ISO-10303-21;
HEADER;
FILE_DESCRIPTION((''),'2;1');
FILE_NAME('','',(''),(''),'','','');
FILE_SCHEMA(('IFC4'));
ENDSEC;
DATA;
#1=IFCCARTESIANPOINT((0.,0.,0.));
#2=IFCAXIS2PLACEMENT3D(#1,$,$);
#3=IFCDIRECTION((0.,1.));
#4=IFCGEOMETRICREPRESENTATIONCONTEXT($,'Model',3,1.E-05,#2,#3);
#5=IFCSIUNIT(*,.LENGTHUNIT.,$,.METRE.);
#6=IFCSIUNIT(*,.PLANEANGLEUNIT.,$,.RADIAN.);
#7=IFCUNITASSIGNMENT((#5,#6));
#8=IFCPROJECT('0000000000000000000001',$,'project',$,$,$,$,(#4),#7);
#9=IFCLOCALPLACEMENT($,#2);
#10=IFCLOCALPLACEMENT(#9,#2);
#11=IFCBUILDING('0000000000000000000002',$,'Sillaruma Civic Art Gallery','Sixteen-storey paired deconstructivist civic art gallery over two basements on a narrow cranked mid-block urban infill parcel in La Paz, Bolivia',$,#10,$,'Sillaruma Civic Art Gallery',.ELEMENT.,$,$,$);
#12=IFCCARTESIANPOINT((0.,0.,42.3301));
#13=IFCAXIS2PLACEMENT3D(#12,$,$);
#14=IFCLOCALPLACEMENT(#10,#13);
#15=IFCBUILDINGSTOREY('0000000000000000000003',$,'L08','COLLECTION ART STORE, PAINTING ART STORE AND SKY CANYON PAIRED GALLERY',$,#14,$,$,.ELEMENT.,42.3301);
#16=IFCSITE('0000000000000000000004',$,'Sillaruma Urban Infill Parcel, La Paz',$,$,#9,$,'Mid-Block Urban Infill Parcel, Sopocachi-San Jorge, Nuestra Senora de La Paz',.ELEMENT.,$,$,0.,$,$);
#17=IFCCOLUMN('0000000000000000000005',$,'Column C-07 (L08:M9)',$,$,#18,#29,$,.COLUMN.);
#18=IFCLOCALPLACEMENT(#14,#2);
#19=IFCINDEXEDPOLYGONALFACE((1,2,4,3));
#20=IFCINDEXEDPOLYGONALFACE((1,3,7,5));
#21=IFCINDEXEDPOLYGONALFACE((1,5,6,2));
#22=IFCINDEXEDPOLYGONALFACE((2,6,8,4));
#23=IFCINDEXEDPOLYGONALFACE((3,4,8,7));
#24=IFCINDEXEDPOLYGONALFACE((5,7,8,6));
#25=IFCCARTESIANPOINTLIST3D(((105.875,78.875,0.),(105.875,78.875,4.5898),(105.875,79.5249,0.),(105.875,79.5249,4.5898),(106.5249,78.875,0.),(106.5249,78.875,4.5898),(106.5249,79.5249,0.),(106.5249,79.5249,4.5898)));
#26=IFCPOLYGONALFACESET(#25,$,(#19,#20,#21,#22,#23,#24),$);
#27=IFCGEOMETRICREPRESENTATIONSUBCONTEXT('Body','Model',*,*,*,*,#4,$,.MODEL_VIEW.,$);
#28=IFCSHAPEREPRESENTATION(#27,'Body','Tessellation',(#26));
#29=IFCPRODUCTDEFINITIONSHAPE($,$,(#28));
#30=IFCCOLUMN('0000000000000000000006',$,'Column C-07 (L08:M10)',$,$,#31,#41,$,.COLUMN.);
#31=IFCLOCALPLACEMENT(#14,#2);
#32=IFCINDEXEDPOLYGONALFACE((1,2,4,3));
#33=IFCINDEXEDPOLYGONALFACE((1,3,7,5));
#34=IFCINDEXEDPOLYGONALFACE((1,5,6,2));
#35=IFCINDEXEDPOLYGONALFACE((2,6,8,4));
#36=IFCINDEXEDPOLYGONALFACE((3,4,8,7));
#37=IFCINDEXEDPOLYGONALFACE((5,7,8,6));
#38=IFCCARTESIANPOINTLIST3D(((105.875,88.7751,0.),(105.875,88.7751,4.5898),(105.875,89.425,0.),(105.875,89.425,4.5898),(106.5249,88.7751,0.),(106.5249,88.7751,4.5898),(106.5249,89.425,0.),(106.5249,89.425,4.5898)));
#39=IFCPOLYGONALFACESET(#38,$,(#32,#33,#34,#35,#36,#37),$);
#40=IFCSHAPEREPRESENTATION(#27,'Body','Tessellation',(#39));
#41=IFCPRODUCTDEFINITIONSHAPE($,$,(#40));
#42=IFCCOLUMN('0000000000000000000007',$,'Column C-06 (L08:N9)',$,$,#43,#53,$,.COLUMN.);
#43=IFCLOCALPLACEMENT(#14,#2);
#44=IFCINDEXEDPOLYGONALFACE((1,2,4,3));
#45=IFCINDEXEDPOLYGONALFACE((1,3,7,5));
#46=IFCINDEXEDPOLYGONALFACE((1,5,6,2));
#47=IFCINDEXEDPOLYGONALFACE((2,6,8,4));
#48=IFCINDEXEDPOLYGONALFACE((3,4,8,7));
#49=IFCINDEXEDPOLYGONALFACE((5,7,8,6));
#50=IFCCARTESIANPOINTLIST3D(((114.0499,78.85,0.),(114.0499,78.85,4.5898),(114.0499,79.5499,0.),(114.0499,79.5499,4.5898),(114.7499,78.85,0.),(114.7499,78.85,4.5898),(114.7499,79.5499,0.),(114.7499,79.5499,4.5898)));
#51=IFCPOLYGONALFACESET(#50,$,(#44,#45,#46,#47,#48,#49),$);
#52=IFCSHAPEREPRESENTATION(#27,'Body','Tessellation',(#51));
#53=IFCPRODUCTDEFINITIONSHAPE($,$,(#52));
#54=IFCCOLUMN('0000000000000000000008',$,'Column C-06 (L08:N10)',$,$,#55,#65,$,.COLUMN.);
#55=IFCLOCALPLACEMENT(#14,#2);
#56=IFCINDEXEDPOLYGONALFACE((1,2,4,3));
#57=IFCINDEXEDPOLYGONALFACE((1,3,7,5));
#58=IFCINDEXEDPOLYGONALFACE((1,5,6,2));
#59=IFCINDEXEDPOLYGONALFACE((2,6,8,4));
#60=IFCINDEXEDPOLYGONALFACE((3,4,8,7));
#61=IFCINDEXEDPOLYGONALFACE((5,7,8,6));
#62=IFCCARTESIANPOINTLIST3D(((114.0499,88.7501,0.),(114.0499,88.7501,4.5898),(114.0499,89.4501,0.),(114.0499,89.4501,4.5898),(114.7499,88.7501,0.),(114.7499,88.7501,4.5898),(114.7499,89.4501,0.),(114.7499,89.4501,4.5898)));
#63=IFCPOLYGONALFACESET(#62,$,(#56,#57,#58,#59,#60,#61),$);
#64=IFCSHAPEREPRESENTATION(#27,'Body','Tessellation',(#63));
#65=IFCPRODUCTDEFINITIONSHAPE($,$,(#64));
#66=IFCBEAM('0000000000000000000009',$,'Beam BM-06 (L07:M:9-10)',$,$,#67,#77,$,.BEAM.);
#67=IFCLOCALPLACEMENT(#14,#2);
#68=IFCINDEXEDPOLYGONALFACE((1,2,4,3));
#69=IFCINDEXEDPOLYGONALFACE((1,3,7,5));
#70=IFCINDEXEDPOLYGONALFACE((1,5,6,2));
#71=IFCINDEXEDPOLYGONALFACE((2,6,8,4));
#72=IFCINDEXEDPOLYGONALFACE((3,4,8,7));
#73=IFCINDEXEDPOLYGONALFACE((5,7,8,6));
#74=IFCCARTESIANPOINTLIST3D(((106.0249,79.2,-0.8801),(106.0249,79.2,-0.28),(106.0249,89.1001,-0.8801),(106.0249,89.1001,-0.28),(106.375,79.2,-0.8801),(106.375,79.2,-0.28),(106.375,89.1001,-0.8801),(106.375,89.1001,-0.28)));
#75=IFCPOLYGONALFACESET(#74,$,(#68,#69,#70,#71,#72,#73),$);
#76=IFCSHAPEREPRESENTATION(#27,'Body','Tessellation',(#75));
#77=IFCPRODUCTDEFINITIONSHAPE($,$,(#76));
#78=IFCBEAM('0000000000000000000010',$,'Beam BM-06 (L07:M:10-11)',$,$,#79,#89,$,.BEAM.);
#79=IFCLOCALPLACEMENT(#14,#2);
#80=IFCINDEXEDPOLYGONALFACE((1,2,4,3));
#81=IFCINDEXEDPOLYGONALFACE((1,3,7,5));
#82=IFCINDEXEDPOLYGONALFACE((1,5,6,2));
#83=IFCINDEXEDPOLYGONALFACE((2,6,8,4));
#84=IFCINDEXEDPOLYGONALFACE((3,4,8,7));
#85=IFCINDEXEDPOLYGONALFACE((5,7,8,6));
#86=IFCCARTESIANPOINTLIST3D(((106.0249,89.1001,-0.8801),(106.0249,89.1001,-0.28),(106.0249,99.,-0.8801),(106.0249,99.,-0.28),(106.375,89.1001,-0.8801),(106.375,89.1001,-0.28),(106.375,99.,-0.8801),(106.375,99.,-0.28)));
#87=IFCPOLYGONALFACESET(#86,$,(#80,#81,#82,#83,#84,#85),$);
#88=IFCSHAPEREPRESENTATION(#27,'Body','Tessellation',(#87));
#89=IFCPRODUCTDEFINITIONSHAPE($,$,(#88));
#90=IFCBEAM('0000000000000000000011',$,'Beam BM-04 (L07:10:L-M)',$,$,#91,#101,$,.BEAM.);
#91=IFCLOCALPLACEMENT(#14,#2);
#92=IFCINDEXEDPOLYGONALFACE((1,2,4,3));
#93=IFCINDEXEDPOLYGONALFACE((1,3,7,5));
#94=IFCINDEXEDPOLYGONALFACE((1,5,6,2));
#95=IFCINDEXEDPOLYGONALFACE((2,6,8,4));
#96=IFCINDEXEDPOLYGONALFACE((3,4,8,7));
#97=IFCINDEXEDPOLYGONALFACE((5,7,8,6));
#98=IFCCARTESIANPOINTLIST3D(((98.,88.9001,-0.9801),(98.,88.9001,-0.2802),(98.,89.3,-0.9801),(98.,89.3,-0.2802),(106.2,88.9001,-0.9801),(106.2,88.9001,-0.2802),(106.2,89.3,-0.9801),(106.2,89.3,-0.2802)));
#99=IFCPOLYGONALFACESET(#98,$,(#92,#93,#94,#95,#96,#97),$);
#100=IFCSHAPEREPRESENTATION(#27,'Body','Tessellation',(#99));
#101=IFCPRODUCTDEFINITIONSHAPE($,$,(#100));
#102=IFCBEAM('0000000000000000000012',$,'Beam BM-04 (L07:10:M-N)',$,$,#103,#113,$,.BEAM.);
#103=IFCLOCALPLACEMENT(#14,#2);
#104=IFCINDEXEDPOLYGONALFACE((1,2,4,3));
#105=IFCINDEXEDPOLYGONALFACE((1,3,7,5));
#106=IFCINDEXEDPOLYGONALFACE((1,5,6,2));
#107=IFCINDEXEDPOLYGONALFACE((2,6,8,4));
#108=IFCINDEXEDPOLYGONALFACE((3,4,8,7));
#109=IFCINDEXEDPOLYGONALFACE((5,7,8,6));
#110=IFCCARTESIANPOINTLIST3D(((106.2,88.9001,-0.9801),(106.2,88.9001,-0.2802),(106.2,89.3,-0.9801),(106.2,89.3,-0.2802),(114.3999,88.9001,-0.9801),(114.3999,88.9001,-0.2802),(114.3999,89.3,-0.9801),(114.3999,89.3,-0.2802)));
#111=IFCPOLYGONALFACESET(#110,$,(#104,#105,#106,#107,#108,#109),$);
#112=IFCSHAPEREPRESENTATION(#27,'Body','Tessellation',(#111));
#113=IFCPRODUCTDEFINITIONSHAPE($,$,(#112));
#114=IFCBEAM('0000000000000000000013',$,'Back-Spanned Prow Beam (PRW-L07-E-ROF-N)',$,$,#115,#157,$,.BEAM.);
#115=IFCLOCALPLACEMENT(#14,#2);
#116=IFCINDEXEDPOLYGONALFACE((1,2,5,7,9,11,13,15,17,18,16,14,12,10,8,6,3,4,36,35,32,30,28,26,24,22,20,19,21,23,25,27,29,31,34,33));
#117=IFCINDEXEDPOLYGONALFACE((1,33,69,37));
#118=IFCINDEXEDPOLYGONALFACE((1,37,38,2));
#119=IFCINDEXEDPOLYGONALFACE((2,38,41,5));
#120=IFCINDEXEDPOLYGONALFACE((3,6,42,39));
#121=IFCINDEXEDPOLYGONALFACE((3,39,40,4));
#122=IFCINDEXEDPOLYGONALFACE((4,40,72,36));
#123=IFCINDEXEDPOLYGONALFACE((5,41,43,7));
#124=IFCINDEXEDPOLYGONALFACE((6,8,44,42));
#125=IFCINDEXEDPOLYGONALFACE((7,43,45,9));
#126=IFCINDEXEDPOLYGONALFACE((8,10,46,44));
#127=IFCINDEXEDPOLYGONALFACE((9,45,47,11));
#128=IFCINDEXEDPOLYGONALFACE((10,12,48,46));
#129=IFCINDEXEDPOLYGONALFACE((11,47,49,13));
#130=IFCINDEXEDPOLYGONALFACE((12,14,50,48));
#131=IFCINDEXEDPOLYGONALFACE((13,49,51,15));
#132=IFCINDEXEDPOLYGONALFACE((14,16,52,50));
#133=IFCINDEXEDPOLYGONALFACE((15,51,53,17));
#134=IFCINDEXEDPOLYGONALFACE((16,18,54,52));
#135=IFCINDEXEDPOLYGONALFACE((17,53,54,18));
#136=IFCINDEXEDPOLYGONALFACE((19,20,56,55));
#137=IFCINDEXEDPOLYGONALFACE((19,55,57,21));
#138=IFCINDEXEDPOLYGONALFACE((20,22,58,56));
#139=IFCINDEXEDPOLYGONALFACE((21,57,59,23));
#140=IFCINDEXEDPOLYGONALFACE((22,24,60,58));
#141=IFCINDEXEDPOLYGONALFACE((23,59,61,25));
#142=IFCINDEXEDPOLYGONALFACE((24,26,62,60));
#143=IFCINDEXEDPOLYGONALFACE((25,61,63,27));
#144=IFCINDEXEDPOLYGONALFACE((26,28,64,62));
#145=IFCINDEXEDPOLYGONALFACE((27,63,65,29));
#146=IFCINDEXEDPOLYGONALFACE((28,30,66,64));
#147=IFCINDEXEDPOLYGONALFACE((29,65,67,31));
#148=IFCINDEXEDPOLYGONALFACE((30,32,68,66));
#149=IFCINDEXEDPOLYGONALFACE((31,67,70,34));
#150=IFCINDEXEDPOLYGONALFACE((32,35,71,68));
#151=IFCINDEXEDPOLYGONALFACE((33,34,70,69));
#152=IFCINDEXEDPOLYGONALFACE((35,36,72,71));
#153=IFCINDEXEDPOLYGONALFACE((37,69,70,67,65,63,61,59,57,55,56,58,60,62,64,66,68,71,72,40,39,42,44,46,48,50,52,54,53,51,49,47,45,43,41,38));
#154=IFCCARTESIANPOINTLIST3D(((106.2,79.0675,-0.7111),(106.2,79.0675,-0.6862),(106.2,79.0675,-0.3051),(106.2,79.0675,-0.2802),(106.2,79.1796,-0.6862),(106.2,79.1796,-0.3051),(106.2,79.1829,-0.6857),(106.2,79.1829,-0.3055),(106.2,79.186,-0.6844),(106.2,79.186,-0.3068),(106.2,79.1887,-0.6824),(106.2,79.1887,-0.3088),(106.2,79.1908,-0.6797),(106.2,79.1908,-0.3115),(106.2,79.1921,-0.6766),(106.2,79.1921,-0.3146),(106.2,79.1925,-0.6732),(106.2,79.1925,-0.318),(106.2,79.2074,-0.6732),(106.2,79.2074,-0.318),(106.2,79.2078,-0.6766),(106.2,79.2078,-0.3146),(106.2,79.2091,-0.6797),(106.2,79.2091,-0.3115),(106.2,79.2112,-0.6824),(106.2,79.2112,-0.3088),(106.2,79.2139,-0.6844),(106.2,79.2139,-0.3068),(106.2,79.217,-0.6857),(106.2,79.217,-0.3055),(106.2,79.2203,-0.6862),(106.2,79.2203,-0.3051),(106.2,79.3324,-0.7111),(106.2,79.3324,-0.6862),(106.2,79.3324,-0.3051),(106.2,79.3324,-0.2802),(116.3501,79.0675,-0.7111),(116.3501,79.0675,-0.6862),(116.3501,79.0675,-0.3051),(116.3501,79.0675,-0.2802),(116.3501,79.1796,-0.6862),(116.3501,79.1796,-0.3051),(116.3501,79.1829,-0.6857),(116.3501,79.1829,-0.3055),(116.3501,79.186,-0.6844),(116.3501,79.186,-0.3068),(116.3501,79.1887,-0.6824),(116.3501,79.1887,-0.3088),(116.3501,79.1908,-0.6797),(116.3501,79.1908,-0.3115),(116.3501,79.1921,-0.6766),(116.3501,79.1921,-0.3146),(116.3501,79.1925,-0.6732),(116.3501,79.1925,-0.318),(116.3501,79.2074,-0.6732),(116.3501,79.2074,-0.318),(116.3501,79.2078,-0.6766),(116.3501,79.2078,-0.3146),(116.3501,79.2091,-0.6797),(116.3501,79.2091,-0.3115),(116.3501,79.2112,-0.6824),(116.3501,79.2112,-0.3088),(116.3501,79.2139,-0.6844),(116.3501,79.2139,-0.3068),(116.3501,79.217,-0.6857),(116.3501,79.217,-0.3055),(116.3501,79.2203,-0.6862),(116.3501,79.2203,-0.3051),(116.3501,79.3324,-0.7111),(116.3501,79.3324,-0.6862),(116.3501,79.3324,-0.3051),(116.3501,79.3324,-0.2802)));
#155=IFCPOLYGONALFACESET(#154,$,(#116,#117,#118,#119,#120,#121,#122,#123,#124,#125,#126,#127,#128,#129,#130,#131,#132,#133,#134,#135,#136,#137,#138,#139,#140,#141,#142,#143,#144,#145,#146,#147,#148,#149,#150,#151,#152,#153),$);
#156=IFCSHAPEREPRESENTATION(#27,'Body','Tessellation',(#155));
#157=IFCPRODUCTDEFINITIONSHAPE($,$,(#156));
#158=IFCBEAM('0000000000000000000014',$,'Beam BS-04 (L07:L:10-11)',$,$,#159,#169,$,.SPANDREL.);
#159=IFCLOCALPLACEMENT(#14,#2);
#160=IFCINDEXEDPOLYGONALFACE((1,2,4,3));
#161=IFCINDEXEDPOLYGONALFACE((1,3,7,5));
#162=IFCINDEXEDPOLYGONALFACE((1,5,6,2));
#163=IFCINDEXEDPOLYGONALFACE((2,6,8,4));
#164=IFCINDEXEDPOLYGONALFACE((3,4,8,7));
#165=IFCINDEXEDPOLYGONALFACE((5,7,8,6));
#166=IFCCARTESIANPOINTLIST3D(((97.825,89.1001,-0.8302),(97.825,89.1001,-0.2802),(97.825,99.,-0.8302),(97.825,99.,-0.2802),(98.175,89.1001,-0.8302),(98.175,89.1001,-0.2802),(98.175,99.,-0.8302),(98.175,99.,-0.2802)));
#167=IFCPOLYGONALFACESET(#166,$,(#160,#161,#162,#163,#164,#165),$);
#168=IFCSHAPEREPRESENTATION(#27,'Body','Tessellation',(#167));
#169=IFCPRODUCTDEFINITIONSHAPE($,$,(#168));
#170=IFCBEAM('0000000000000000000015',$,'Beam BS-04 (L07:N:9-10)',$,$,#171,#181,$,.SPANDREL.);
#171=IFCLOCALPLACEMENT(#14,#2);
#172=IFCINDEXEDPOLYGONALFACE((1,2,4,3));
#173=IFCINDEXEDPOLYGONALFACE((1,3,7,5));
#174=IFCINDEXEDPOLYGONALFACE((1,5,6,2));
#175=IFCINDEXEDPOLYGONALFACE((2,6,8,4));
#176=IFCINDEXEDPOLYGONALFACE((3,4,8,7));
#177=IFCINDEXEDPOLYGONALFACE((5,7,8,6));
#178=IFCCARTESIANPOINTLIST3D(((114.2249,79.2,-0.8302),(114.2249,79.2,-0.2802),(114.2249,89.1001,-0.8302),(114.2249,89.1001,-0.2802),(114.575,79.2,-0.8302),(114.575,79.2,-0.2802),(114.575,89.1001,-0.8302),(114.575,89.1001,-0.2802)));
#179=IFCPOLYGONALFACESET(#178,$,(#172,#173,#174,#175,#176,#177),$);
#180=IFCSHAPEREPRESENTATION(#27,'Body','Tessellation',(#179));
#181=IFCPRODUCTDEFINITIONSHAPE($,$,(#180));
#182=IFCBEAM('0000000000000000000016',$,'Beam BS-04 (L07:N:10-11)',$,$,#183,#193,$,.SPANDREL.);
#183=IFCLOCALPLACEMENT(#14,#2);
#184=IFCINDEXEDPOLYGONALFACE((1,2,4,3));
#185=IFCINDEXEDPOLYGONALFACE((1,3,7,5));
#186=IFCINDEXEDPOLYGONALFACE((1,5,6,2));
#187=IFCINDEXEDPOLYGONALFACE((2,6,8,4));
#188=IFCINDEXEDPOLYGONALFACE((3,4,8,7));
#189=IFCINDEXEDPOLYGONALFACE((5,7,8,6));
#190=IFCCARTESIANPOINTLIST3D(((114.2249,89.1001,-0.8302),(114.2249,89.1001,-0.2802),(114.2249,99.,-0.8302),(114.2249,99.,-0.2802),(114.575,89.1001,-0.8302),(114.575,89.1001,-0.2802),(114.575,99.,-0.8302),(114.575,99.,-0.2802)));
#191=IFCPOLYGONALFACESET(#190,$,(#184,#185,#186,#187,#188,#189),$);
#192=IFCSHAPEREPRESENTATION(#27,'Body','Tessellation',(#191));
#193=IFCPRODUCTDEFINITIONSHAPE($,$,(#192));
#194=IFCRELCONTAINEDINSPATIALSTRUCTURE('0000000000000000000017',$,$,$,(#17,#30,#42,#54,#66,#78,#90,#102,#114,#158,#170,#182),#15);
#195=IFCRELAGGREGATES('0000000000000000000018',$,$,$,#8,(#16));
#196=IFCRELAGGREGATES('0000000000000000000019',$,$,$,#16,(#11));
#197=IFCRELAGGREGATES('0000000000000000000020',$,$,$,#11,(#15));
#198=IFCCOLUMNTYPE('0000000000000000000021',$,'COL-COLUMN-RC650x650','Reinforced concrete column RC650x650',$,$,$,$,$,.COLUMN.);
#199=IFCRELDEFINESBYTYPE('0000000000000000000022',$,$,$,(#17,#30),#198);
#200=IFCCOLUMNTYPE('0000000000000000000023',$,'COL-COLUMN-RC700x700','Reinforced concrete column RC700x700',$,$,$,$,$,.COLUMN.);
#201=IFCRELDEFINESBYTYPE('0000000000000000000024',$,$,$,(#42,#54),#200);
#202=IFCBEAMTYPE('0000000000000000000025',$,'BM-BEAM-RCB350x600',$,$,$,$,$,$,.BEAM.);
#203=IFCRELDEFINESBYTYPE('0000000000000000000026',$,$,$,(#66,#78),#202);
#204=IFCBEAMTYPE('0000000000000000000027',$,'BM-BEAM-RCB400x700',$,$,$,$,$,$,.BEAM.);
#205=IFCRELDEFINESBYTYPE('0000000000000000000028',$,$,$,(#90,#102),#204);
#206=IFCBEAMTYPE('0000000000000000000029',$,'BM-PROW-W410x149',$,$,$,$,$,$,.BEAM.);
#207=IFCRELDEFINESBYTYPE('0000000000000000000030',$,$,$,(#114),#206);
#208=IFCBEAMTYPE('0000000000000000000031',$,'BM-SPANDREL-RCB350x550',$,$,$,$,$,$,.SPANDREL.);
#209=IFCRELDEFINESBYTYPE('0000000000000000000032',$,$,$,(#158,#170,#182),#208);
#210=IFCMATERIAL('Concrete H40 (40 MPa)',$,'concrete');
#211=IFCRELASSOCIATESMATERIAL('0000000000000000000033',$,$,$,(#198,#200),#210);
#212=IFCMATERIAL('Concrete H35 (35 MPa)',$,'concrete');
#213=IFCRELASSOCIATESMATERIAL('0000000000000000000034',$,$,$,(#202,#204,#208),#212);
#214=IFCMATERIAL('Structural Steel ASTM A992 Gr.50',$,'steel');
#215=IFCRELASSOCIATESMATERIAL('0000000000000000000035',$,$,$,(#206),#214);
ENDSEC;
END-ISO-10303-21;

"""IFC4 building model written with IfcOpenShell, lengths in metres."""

from ifc_helpers import new_model, si_unit, direction, frame, origin, origin_2d, place, context, subcontext, project, spatial, rectangle, i_section, extrude, material, material_profile, profile_set, type_object, element, save


model = new_model("IFC4")

# Units and contexts
model_context = context("Model", 3, precision=1e-05, world=origin(), true_north=direction((0.0, 1.0)))
body_context = subcontext(model_context, "Body", "Model", "MODEL_VIEW")
ifc_project = project(units=[si_unit("LENGTHUNIT", "METRE"), si_unit("PLANEANGLEUNIT", "RADIAN")], contexts=[model_context])

# Site, building, storey
site_placement = place(None, origin())
site = spatial("IfcSite", under=ifc_project, at=site_placement, Name="Sillaruma Urban Infill Parcel, La Paz", LongName="Mid-Block Urban Infill Parcel, Sopocachi-San Jorge, Nuestra Senora de La Paz", CompositionType="ELEMENT", RefElevation=0.0)
building_placement = place(site_placement, origin())
building = spatial("IfcBuilding", under=site, at=building_placement, Name="Sillaruma Civic Art Gallery", Description="Sixteen-storey paired deconstructivist civic art gallery over two basements on a narrow cranked mid-block urban infill parcel in La Paz, Bolivia", LongName="Sillaruma Civic Art Gallery", CompositionType="ELEMENT")
storey_placement = place(building_placement, frame((0.0, 0.0, 42.3301)))
storey = spatial("IfcBuildingStorey", under=building, at=storey_placement, Name="L08", Description="COLLECTION ART STORE, PAINTING ART STORE AND SKY CANYON PAIRED GALLERY", CompositionType="ELEMENT", Elevation=42.3301)

# Columns
ifc_material_1 = material(Name="Concrete H40 (40 MPa)", Category="concrete")
ifc_material_profile_1 = material_profile(ifc_material_1, rectangle(XDim=0.6499, YDim=0.6499, at=origin_2d()), Name="RC650x650")
ifc_profile_set_1 = profile_set([ifc_material_profile_1], Name="Concrete H40 (40 MPa)")
column_type_1 = type_object("IfcColumnType", Name="COL-COLUMN-RC650x650", Description="Reinforced concrete column RC650x650", PredefinedType="COLUMN", material=ifc_profile_set_1)
for number, where, z_axis, x_axis, name in (
    (1, (106.2, 79.2, 0.0), (0.0, 0.0, 1.0), (1.0, 0.0, 0.0), "Column C-07 (L08:M9)"),
    (2, (106.2, 89.1001, 0.0), (0.0, 0.0, 1.0), (1.0, 0.0, 0.0), "Column C-07 (L08:M10)"),
):
    element("IfcColumn", number, at=place(storey_placement, frame(where, z_axis=z_axis, x_axis=x_axis)), inside=storey, type_object=column_type_1, Name=name, PredefinedType="COLUMN", context=body_context, shape_type="SweptSolid", body=[
        extrude(rectangle(XDim=0.6499, YDim=0.6499, at=origin_2d()), origin(), (0.0, 0.0, 1.0), 4.5898),
    ])
ifc_material_profile_2 = material_profile(ifc_material_1, rectangle(XDim=0.7, YDim=0.7, at=origin_2d()), Name="RC700x700")
ifc_profile_set_2 = profile_set([ifc_material_profile_2], Name="Concrete H40 (40 MPa)")
column_type_2 = type_object("IfcColumnType", Name="COL-COLUMN-RC700x700", Description="Reinforced concrete column RC700x700", PredefinedType="COLUMN", material=ifc_profile_set_2)
for number, where, z_axis, x_axis, name in (
    (3, (114.3999, 79.2, 0.0), (0.0, 0.0, 1.0), (1.0, 0.0, 0.0), "Column C-06 (L08:N9)"),
    (4, (114.3999, 89.1001, 0.0), (0.0, 0.0, 1.0), (1.0, 0.0, 0.0), "Column C-06 (L08:N10)"),
):
    element("IfcColumn", number, at=place(storey_placement, frame(where, z_axis=z_axis, x_axis=x_axis)), inside=storey, type_object=column_type_2, Name=name, PredefinedType="COLUMN", context=body_context, shape_type="SweptSolid", body=[
        extrude(rectangle(XDim=0.7, YDim=0.7, at=origin_2d()), origin(), (0.0, 0.0, 1.0), 4.5898),
    ])

# Beams
ifc_material_2 = material(Name="Concrete H35 (35 MPa)", Category="concrete")
ifc_material_profile_3 = material_profile(ifc_material_2, rectangle(XDim=0.3501, YDim=0.6001, at=origin_2d()), Name="RCB350x600")
ifc_profile_set_3 = profile_set([ifc_material_profile_3], Name="Concrete H35 (35 MPa)")
beam_type_1 = type_object("IfcBeamType", Name="BM-BEAM-RCB350x600", PredefinedType="BEAM", material=ifc_profile_set_3)
beam_1_placement = place(storey_placement, frame((106.2, 79.2, -0.5801), z_axis=(0.0, 1.0, 0.0), x_axis=(-1.0, 0.0, 0.0)))
element("IfcBeam", 5, at=beam_1_placement, inside=storey, type_object=beam_type_1, Name="Beam BM-06 (L07:M:9-10)", PredefinedType="BEAM", context=body_context, shape_type="SweptSolid", body=[
    extrude(rectangle(XDim=0.3501, YDim=0.6001, at=origin_2d()), origin(), (0.0, 0.0, 1.0), 9.9001),
])
beam_2_placement = place(storey_placement, frame((106.2, 89.1001, -0.5801), z_axis=(0.0, 1.0, 0.0), x_axis=(-1.0, 0.0, 0.0)))
element("IfcBeam", 6, at=beam_2_placement, inside=storey, type_object=beam_type_1, Name="Beam BM-06 (L07:M:10-11)", PredefinedType="BEAM", context=body_context, shape_type="SweptSolid", body=[
    extrude(rectangle(XDim=0.3501, YDim=0.6001, at=origin_2d()), origin(), (0.0, 0.0, 1.0), 9.8999),
])
ifc_material_profile_4 = material_profile(ifc_material_2, rectangle(XDim=0.3999, YDim=0.7, at=origin_2d()), Name="RCB400x700")
ifc_profile_set_4 = profile_set([ifc_material_profile_4], Name="Concrete H35 (35 MPa)")
beam_type_2 = type_object("IfcBeamType", Name="BM-BEAM-RCB400x700", PredefinedType="BEAM", material=ifc_profile_set_4)
for number, where, z_axis, x_axis, name in (
    (7, (98.0, 89.1001, -0.6301), (1.0, 0.0, 0.0), (0.0, 1.0, 0.0), "Beam BM-04 (L07:10:L-M)"),
    (8, (106.2, 89.1001, -0.6301), (1.0, 0.0, 0.0), (0.0, 1.0, 0.0), "Beam BM-04 (L07:10:M-N)"),
):
    element("IfcBeam", number, at=place(storey_placement, frame(where, z_axis=z_axis, x_axis=x_axis)), inside=storey, type_object=beam_type_2, Name=name, PredefinedType="BEAM", context=body_context, shape_type="SweptSolid", body=[
        extrude(rectangle(XDim=0.3999, YDim=0.7, at=origin_2d()), origin(), (0.0, 0.0, 1.0), 8.2),
    ])
ifc_material_3 = material(Name="Structural Steel ASTM A992 Gr.50", Category="steel")
ifc_material_profile_5 = material_profile(ifc_material_3, i_section(OverallWidth=0.2649, OverallDepth=0.4309, WebThickness=0.0149, FlangeThickness=0.0249, FilletRadius=0.0129, at=origin_2d()), Name="W410x149")
ifc_profile_set_5 = profile_set([ifc_material_profile_5], Name="Structural Steel ASTM A992 Gr.50")
beam_type_3 = type_object("IfcBeamType", Name="BM-PROW-W410x149", PredefinedType="BEAM", material=ifc_profile_set_5)
beam_3_placement = place(storey_placement, frame((106.2, 79.2, -0.4956), z_axis=(1.0, 0.0, 0.0), x_axis=(0.0, 1.0, 0.0)))
element("IfcBeam", 9, at=beam_3_placement, inside=storey, type_object=beam_type_3, Name="Back-Spanned Prow Beam (PRW-L07-E-ROF-N)", PredefinedType="BEAM", context=body_context, shape_type="SweptSolid", body=[
    extrude(i_section(OverallWidth=0.2649, OverallDepth=0.4309, WebThickness=0.0149, FlangeThickness=0.0249, FilletRadius=0.0129, at=origin_2d()), origin(), (0.0, 0.0, 1.0), 10.1501),
])
ifc_material_profile_6 = material_profile(ifc_material_2, rectangle(XDim=0.3501, YDim=0.55, at=origin_2d()), Name="RCB350x550")
ifc_profile_set_6 = profile_set([ifc_material_profile_6], Name="Concrete H35 (35 MPa)")
beam_type_4 = type_object("IfcBeamType", Name="BM-SPANDREL-RCB350x550", PredefinedType="SPANDREL", material=ifc_profile_set_6)
beam_4_placement = place(storey_placement, frame((98.0, 89.1001, -0.5552), z_axis=(0.0, 1.0, 0.0), x_axis=(-1.0, 0.0, 0.0)))
element("IfcBeam", 10, at=beam_4_placement, inside=storey, type_object=beam_type_4, Name="Beam BS-04 (L07:L:10-11)", PredefinedType="SPANDREL", context=body_context, shape_type="SweptSolid", body=[
    extrude(rectangle(XDim=0.3501, YDim=0.55, at=origin_2d()), origin(), (0.0, 0.0, 1.0), 9.8999),
])
beam_5_placement = place(storey_placement, frame((114.3999, 79.2, -0.5552), z_axis=(0.0, 1.0, 0.0), x_axis=(-1.0, 0.0, 0.0)))
element("IfcBeam", 11, at=beam_5_placement, inside=storey, type_object=beam_type_4, Name="Beam BS-04 (L07:N:9-10)", PredefinedType="SPANDREL", context=body_context, shape_type="SweptSolid", body=[
    extrude(rectangle(XDim=0.3501, YDim=0.55, at=origin_2d()), origin(), (0.0, 0.0, 1.0), 9.9001),
])
beam_6_placement = place(storey_placement, frame((114.3999, 89.1001, -0.5552), z_axis=(0.0, 1.0, 0.0), x_axis=(-1.0, 0.0, 0.0)))
element("IfcBeam", 12, at=beam_6_placement, inside=storey, type_object=beam_type_4, Name="Beam BS-04 (L07:N:10-11)", PredefinedType="SPANDREL", context=body_context, shape_type="SweptSolid", body=[
    extrude(rectangle(XDim=0.3501, YDim=0.55, at=origin_2d()), origin(), (0.0, 0.0, 1.0), 9.8999),
])

save(model, "model.ifc")
